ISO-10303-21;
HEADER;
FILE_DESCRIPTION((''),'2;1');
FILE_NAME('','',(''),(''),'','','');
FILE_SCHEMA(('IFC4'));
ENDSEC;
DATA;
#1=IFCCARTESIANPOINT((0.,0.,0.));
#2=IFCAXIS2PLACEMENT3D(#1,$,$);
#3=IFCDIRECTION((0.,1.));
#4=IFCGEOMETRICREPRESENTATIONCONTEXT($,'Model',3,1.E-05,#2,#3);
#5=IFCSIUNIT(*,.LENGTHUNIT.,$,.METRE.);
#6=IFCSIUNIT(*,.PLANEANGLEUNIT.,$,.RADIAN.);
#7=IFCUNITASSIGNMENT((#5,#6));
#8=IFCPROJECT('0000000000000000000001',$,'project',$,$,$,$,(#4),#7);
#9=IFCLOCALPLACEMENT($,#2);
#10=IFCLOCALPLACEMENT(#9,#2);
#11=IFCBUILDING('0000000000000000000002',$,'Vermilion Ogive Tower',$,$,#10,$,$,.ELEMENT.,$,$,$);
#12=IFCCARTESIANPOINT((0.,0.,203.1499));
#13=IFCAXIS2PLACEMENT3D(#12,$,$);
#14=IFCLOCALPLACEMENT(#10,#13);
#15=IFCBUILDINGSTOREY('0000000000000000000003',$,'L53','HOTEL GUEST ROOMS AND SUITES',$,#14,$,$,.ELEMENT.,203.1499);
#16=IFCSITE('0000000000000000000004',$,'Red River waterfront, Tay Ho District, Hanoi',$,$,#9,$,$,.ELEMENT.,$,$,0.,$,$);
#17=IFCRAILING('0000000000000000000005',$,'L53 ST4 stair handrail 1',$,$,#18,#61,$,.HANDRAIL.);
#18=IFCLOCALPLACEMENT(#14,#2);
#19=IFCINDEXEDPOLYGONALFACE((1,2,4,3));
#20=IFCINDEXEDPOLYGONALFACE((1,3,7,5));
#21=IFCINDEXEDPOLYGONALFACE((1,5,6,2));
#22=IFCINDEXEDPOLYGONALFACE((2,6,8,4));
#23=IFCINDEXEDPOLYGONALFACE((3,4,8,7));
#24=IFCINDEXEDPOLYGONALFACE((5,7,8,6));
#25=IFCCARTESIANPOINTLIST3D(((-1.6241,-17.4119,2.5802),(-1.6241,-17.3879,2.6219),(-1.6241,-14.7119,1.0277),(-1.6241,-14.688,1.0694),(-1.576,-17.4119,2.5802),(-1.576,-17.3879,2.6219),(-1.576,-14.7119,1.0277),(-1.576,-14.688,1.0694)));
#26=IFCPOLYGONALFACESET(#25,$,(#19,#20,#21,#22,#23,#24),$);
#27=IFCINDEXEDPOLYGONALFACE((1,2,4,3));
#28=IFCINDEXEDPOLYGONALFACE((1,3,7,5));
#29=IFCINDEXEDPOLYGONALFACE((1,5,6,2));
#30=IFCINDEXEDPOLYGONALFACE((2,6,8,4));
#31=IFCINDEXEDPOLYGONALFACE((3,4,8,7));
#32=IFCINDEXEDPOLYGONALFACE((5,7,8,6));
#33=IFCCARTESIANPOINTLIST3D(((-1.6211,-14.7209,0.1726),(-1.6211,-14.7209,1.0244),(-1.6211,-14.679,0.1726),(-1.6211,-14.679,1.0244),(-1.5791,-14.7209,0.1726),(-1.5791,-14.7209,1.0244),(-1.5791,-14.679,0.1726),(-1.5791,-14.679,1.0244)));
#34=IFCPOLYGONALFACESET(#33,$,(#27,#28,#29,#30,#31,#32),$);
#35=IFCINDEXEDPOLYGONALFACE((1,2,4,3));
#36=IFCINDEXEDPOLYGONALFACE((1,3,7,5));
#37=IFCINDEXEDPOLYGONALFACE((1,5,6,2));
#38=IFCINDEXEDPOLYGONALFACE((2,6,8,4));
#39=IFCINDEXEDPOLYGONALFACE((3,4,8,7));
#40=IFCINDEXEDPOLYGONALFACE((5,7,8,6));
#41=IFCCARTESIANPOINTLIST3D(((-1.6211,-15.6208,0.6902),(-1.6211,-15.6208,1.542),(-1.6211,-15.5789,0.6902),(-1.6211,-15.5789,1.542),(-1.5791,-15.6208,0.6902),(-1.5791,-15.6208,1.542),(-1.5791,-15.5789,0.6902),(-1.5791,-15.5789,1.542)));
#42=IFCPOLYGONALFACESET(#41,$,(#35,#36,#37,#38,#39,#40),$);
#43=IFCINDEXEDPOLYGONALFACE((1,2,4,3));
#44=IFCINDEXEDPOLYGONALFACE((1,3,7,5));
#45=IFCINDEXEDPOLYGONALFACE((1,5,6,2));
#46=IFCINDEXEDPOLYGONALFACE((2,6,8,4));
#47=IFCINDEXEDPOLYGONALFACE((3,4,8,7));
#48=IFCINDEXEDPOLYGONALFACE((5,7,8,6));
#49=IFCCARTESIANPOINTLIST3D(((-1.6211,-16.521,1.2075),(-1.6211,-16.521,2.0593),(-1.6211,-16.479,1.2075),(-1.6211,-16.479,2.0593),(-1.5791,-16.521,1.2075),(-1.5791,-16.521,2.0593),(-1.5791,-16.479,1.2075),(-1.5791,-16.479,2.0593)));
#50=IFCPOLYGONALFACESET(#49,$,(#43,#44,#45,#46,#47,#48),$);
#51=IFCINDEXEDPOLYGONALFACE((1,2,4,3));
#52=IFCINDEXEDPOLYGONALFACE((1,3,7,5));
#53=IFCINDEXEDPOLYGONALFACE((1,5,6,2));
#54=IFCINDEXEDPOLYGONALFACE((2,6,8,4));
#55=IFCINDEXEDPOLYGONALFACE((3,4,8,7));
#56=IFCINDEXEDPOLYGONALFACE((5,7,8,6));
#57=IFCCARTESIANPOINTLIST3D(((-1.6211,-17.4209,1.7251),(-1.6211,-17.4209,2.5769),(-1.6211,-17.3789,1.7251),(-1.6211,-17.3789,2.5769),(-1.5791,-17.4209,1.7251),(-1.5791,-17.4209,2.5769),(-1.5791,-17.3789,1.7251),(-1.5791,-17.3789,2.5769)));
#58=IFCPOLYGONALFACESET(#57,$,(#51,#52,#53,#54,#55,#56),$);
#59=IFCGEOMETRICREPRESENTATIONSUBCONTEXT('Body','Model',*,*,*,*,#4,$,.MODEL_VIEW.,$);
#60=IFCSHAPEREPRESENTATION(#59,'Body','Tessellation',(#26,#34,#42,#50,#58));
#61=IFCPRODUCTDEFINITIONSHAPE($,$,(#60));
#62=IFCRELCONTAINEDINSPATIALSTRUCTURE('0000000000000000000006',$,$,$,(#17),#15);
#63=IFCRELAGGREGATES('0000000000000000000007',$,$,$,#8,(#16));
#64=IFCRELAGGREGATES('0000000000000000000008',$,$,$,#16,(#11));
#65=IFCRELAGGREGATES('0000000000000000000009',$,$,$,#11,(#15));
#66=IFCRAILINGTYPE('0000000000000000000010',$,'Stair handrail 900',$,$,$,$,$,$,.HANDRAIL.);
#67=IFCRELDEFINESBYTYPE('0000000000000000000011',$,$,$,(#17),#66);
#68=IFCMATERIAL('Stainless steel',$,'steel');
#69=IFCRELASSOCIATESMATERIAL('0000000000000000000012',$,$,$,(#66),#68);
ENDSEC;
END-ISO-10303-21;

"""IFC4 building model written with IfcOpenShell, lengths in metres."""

from ifc_helpers import new_model, si_unit, direction, frame, origin, origin_2d, place, context, subcontext, project, spatial, rectangle, extrude, material, type_object, element, save


model = new_model("IFC4")

# Units and contexts
model_context = context("Model", 3, precision=1e-05, world=origin(), true_north=direction((0.0, 1.0)))
body_context = subcontext(model_context, "Body", "Model", "MODEL_VIEW")
ifc_project = project(units=[si_unit("LENGTHUNIT", "METRE"), si_unit("PLANEANGLEUNIT", "RADIAN")], contexts=[model_context])

# Site, building, storey
site_placement = place(None, origin())
site = spatial("IfcSite", under=ifc_project, at=site_placement, Name="Red River waterfront, Tay Ho District, Hanoi", CompositionType="ELEMENT", RefElevation=0.0)
building_placement = place(site_placement, origin())
building = spatial("IfcBuilding", under=site, at=building_placement, Name="Vermilion Ogive Tower", CompositionType="ELEMENT")
storey_placement = place(building_placement, frame((0.0, 0.0, 203.1499)))
storey = spatial("IfcBuildingStorey", under=building, at=storey_placement, Name="L53", Description="HOTEL GUEST ROOMS AND SUITES", CompositionType="ELEMENT", Elevation=203.1499)

# Railing
ifc_material_1 = material(Name="Stainless steel", Category="steel")
railing_type_1 = type_object("IfcRailingType", Name="Stair handrail 900", PredefinedType="HANDRAIL", material=ifc_material_1)
railing_1_placement = place(storey_placement, frame((-1.6001, -14.7, 0.1726)))
element("IfcRailing", 1, at=railing_1_placement, inside=storey, type_object=railing_type_1, Name="L53 ST4 stair handrail 1", PredefinedType="HANDRAIL", context=body_context, shape_type="SweptSolid", body=[
    extrude(rectangle(XDim=0.0481, YDim=0.0481, at=origin_2d()), frame((0.0, 0.0, 0.876), z_axis=(0.0, -0.866904, 0.498476), x_axis=(1.0, 0.0, 0.0)), (0.0, 0.0, 1.0), 3.1145),
    extrude(rectangle(XDim=0.042, YDim=0.042, at=origin_2d()), origin(), (0.0, 0.0, 1.0), 0.8518),
    extrude(rectangle(XDim=0.042, YDim=0.042, at=origin_2d()), frame((0.0, -0.8999, 0.5176)), (0.0, 0.0, 1.0), 0.8518),
    extrude(rectangle(XDim=0.042, YDim=0.042, at=origin_2d()), frame((0.0, -1.8, 1.0349)), (0.0, 0.0, 1.0), 0.8518),
    extrude(rectangle(XDim=0.042, YDim=0.042, at=origin_2d()), frame((0.0, -2.7, 1.5525)), (0.0, 0.0, 1.0), 0.8518),
])

save(model, "model.ifc")
